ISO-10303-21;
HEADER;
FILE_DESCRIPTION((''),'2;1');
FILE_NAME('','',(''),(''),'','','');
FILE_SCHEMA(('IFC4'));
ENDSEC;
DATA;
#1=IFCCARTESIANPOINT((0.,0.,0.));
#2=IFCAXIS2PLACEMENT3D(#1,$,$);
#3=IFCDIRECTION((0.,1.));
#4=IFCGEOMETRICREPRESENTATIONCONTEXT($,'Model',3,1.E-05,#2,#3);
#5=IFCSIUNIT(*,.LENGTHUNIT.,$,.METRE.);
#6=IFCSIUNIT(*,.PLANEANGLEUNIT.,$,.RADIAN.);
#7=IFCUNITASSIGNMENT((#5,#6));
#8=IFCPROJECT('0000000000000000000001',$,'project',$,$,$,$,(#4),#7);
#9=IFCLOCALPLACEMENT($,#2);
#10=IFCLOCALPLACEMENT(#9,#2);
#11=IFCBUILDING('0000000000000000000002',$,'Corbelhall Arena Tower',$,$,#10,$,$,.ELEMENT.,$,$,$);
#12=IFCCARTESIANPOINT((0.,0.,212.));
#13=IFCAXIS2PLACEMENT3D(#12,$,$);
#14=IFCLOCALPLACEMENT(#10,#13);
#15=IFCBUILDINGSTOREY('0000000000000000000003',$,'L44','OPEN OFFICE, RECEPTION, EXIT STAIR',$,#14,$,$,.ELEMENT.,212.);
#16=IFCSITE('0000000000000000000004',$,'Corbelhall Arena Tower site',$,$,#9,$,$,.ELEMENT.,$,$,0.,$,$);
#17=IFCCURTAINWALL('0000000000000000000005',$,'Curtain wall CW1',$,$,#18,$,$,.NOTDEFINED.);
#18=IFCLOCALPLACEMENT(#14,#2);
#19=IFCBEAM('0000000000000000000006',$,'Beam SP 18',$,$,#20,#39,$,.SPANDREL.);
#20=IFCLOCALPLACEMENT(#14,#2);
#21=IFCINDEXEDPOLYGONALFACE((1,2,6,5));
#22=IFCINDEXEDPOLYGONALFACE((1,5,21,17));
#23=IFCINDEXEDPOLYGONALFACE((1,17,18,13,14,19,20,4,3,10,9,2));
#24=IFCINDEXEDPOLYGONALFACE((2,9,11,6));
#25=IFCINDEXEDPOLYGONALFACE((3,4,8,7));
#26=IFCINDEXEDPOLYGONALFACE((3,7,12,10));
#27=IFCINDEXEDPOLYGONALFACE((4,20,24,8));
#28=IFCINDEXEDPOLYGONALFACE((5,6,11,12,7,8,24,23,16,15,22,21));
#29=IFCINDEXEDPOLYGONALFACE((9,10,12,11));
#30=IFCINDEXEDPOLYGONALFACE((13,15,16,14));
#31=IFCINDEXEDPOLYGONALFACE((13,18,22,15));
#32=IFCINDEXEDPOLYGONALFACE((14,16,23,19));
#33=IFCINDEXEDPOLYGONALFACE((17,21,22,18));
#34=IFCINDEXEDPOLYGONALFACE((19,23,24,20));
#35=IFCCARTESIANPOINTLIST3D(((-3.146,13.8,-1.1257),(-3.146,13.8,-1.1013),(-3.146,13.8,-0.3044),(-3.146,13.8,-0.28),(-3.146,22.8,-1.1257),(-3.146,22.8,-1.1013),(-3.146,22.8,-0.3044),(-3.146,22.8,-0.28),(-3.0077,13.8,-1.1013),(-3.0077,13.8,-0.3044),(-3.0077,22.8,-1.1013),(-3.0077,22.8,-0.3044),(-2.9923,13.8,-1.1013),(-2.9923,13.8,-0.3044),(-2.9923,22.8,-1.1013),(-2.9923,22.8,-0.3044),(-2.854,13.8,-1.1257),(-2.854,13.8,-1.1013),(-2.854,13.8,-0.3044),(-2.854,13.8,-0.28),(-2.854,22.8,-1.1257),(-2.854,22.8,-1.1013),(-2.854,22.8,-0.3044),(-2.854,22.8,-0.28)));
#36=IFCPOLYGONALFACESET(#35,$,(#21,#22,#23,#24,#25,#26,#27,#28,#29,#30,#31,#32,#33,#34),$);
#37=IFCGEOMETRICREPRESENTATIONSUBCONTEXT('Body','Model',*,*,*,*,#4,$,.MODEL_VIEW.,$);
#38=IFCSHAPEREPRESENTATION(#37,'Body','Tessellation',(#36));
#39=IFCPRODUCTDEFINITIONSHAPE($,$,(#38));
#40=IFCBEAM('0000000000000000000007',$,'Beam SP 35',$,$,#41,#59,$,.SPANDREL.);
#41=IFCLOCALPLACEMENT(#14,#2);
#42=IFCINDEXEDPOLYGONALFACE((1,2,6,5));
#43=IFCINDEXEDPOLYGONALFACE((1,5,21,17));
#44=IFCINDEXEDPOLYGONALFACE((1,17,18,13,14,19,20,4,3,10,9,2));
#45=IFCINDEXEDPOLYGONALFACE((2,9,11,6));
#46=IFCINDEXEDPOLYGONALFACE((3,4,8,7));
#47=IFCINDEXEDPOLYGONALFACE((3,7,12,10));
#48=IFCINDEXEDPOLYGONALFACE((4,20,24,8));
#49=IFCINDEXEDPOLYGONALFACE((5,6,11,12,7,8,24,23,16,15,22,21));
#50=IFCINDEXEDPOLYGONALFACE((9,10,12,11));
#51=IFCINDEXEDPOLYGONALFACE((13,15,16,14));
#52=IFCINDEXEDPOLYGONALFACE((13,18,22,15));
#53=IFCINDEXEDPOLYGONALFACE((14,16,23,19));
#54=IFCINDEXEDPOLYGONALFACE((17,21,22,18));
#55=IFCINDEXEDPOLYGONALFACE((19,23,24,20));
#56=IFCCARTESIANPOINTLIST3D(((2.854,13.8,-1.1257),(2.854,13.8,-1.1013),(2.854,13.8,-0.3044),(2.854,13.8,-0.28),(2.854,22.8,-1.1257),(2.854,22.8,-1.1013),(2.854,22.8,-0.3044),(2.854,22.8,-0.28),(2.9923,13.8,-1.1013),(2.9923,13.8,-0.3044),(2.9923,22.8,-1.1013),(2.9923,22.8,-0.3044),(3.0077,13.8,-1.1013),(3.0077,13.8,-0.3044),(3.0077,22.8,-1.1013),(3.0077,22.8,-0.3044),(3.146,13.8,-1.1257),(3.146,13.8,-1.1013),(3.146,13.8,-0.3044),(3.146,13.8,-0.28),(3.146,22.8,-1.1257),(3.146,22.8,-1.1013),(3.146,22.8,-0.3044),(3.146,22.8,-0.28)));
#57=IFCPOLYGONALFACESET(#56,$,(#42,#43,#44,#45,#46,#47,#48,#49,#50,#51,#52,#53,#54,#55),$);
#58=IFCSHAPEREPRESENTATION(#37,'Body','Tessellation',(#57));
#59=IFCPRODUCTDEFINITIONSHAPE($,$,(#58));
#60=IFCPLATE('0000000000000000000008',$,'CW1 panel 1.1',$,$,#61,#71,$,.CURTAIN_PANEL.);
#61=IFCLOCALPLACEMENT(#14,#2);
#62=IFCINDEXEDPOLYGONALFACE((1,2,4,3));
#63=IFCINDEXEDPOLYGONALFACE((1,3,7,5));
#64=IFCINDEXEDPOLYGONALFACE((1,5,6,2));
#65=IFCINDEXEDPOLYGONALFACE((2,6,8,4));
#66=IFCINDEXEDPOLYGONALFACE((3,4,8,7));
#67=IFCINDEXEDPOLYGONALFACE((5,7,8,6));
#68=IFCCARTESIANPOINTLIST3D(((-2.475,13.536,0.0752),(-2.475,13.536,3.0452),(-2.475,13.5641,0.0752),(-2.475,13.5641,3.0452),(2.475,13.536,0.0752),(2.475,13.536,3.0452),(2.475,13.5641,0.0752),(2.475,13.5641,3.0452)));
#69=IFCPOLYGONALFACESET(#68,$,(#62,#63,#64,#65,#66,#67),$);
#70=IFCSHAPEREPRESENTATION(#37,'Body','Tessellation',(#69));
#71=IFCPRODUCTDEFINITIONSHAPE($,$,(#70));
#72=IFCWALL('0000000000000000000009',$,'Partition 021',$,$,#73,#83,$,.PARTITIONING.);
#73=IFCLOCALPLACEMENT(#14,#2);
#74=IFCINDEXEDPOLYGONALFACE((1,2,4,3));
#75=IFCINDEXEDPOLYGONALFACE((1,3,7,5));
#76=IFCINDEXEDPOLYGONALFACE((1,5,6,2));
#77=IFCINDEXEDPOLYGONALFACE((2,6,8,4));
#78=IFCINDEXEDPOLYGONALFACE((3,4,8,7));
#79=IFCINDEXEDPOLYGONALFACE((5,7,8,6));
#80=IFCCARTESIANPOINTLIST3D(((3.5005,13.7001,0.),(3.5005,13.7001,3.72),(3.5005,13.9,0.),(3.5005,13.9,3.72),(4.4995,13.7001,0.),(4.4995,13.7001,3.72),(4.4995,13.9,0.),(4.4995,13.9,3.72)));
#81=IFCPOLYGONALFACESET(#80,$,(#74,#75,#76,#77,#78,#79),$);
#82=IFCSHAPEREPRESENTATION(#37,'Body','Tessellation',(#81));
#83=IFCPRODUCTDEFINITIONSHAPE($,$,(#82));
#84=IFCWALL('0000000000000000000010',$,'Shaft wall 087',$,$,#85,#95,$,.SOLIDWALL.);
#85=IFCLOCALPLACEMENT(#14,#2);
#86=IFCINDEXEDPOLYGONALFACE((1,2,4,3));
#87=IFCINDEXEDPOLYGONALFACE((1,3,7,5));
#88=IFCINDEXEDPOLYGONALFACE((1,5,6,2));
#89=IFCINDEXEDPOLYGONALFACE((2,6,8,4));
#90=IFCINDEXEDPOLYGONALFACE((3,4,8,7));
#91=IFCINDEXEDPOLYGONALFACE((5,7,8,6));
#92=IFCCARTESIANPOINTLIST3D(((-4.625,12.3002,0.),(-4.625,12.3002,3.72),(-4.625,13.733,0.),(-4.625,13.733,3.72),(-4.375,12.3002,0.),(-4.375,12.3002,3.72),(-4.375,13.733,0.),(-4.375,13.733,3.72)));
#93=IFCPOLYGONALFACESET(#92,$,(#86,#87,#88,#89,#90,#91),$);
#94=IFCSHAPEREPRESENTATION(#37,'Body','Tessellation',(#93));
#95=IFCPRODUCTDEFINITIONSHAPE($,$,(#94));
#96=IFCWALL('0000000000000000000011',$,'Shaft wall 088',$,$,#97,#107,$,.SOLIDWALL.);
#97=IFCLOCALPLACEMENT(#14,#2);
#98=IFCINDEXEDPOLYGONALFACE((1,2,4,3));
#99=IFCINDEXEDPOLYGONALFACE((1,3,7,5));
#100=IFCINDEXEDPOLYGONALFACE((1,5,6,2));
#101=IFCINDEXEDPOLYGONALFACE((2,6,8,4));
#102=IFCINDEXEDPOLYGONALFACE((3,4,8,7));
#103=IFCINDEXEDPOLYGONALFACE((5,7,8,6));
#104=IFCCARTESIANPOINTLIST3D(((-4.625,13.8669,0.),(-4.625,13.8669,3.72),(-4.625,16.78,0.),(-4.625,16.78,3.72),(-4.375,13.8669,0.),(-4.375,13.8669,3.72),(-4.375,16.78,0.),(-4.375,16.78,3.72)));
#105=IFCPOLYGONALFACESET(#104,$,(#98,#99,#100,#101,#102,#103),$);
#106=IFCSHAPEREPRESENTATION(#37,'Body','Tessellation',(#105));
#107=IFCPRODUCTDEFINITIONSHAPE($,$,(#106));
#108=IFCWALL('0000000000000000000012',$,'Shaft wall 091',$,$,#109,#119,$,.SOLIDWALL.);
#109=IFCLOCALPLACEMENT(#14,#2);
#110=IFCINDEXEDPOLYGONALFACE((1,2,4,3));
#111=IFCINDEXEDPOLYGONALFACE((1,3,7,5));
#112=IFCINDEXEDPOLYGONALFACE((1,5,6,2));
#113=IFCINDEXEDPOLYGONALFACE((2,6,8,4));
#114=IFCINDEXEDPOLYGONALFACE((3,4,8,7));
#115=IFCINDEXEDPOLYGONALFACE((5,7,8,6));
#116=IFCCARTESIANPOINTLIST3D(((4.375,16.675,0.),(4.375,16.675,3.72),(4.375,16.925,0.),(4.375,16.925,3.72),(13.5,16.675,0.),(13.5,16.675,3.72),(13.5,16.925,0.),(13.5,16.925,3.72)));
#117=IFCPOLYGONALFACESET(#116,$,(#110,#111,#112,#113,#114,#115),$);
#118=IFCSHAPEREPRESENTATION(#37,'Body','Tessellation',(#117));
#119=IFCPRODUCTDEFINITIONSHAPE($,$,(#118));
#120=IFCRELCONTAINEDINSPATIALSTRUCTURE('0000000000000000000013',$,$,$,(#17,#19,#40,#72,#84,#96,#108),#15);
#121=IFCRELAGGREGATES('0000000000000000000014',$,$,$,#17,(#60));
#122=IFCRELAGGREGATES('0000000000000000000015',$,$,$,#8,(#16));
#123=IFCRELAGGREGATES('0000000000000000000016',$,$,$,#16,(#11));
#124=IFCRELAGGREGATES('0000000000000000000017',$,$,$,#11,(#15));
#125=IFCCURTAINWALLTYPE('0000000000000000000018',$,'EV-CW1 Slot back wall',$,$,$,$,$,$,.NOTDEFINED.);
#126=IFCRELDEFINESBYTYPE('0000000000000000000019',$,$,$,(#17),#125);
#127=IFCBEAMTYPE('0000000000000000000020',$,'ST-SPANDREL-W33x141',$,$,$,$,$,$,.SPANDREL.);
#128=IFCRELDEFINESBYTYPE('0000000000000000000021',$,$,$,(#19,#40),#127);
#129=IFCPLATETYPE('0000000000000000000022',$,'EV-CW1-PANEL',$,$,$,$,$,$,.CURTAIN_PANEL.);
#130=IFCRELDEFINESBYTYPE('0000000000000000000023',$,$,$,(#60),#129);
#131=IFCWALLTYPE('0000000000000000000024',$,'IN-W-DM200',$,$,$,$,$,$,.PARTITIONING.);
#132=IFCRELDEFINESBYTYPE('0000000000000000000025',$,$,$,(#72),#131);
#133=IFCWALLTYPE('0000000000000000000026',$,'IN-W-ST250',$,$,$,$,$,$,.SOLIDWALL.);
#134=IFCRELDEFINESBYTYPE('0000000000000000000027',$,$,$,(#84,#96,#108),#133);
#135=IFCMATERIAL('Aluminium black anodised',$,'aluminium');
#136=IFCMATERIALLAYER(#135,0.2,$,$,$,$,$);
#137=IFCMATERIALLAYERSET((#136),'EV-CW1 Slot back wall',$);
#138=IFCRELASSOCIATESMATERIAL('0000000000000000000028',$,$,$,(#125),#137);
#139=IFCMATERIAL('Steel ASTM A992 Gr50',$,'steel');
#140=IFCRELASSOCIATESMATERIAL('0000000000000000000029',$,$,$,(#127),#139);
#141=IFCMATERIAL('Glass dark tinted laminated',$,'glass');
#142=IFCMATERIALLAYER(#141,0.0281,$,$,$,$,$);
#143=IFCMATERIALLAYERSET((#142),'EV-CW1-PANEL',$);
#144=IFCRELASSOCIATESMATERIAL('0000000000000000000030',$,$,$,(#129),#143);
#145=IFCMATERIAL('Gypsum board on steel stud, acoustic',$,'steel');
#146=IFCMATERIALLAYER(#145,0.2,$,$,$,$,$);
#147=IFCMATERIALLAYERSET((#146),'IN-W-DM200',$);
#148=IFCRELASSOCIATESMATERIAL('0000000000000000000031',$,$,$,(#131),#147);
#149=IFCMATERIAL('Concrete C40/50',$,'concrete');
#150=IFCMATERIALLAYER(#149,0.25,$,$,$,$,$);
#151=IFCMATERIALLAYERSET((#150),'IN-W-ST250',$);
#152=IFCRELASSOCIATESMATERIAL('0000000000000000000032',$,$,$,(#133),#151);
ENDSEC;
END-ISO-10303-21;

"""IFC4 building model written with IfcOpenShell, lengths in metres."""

from ifc_helpers import new_model, si_unit, direction, frame, frame_2d, origin, origin_2d, place, context, subcontext, project, spatial, rectangle, i_section, extrude, material, layer, layer_set, material_profile, profile_set, type_object, element, aggregate, save


model = new_model("IFC4")

# Units and contexts
model_context = context("Model", 3, precision=1e-05, world=origin(), true_north=direction((0.0, 1.0)))
body_context = subcontext(model_context, "Body", "Model", "MODEL_VIEW")
ifc_project = project(units=[si_unit("LENGTHUNIT", "METRE"), si_unit("PLANEANGLEUNIT", "RADIAN")], contexts=[model_context])

# Site, building, storey
site_placement = place(None, origin())
site = spatial("IfcSite", under=ifc_project, at=site_placement, Name="Corbelhall Arena Tower site", CompositionType="ELEMENT", RefElevation=0.0)
building_placement = place(site_placement, origin())
building = spatial("IfcBuilding", under=site, at=building_placement, Name="Corbelhall Arena Tower", CompositionType="ELEMENT")
storey_placement = place(building_placement, frame((0.0, 0.0, 212.0)))
storey = spatial("IfcBuildingStorey", under=building, at=storey_placement, Name="L44", Description="OPEN OFFICE, RECEPTION, EXIT STAIR", CompositionType="ELEMENT", Elevation=212.0)

# Curtain wall
ifc_material_1 = material(Name="Aluminium black anodised", Category="aluminium")
ifc_layer_1 = layer(ifc_material_1, 0.2)
ifc_layer_set_1 = layer_set([ifc_layer_1], Name="EV-CW1 Slot back wall")
curtain_wall_type = type_object("IfcCurtainWallType", Name="EV-CW1 Slot back wall", PredefinedType="NOTDEFINED", material=ifc_layer_set_1)
curtain_wall_placement = place(storey_placement, origin())
curtain_wall = element("IfcCurtainWall", 1, at=curtain_wall_placement, inside=storey, type_object=curtain_wall_type, Name="Curtain wall CW1", PredefinedType="NOTDEFINED")

# Beams
ifc_material_2 = material(Name="Steel ASTM A992 Gr50", Category="steel")
ifc_material_profile_1 = material_profile(ifc_material_2, i_section(OverallWidth=0.292, OverallDepth=0.8457, WebThickness=0.0154, FlangeThickness=0.0244, at=origin_2d()))
ifc_profile_set_1 = profile_set([ifc_material_profile_1], Name="Steel ASTM A992 Gr50")
beam_type_1 = type_object("IfcBeamType", Name="ST-SPANDREL-W33x141", PredefinedType="SPANDREL", material=ifc_profile_set_1)
for number, where, z_axis, x_axis, name in (
    (2, (-3.0, 22.8, -0.7029), (0.0, -1.0, 0.0), (1.0, 0.0, 0.0), "Beam SP 18"),
    (3, (3.0, 13.8, -0.7029), (0.0, 1.0, 0.0), (-1.0, 0.0, 0.0), "Beam SP 35"),
):
    element("IfcBeam", number, at=place(storey_placement, frame(where, z_axis=z_axis, x_axis=x_axis)), inside=storey, type_object=beam_type_1, Name=name, PredefinedType="SPANDREL", context=body_context, shape_type="SweptSolid", body=[
        extrude(i_section(OverallWidth=0.292, OverallDepth=0.8457, WebThickness=0.0154, FlangeThickness=0.0244, at=origin_2d()), origin(), (0.0, 0.0, 1.0), 9.0),
    ])

# Plate
ifc_material_3 = material(Name="Glass dark tinted laminated", Category="glass")
ifc_layer_2 = layer(ifc_material_3, 0.0281)
ifc_layer_set_2 = layer_set([ifc_layer_2], Name="EV-CW1-PANEL")
plate_type = type_object("IfcPlateType", Name="EV-CW1-PANEL", PredefinedType="CURTAIN_PANEL", material=ifc_layer_set_2)
plate_placement = place(storey_placement, frame((0.0, 13.55, 0.0752), z_axis=(0.0, 0.0, 1.0), x_axis=(-1.0, 0.0, 0.0)))
plate = element("IfcPlate", 4, at=plate_placement, type_object=plate_type, Name="CW1 panel 1.1", PredefinedType="CURTAIN_PANEL", context=body_context, shape_type="SweptSolid", body=[
    extrude(rectangle(XDim=4.95, YDim=0.0281, at=origin_2d()), origin(), (0.0, 0.0, 1.0), 2.97),
])
aggregate(curtain_wall, [plate])

# Walls
ifc_material_4 = material(Name="Gypsum board on steel stud, acoustic", Category="steel")
ifc_layer_3 = layer(ifc_material_4, 0.2)
ifc_layer_set_3 = layer_set([ifc_layer_3], Name="IN-W-DM200")
wall_type_1 = type_object("IfcWallType", Name="IN-W-DM200", PredefinedType="PARTITIONING", material=ifc_layer_set_3)
wall_1_placement = place(storey_placement, frame((3.5005, 13.8, 0.0), z_axis=(0.0, 0.0, 1.0), x_axis=(1.0, 0.0, 0.0)))
element("IfcWall", 5, at=wall_1_placement, inside=storey, type_object=wall_type_1, Name="Partition 021", PredefinedType="PARTITIONING", context=body_context, shape_type="SweptSolid", body=[
    extrude(rectangle(XDim=0.999, YDim=0.2, at=frame_2d((0.4995, 0.0))), origin(), (0.0, 0.0, 1.0), 3.72),
])
ifc_material_5 = material(Name="Concrete C40/50", Category="concrete")
ifc_layer_4 = layer(ifc_material_5, 0.25)
ifc_layer_set_4 = layer_set([ifc_layer_4], Name="IN-W-ST250")
wall_type_2 = type_object("IfcWallType", Name="IN-W-ST250", PredefinedType="SOLIDWALL", material=ifc_layer_set_4)
wall_2_placement = place(storey_placement, frame((-4.5, 13.7329, 0.0), z_axis=(0.0, 0.0, 1.0), x_axis=(0.0, -1.0, 0.0)))
element("IfcWall", 6, at=wall_2_placement, inside=storey, type_object=wall_type_2, Name="Shaft wall 087", PredefinedType="SOLIDWALL", context=body_context, shape_type="SweptSolid", body=[
    extrude(rectangle(XDim=1.4329, YDim=0.25, at=frame_2d((0.7163, 0.0))), origin(), (0.0, 0.0, 1.0), 3.72),
])
wall_3_placement = place(storey_placement, frame((-4.5, 16.78, 0.0), z_axis=(0.0, 0.0, 1.0), x_axis=(0.0, -1.0, 0.0)))
element("IfcWall", 7, at=wall_3_placement, inside=storey, type_object=wall_type_2, Name="Shaft wall 088", PredefinedType="SOLIDWALL", context=body_context, shape_type="SweptSolid", body=[
    extrude(rectangle(XDim=2.9131, YDim=0.25, at=frame_2d((1.4565, 0.0))), origin(), (0.0, 0.0, 1.0), 3.72),
])
wall_4_placement = place(storey_placement, frame((4.375, 16.8, 0.0), z_axis=(0.0, 0.0, 1.0), x_axis=(1.0, 0.0, 0.0)))
element("IfcWall", 8, at=wall_4_placement, inside=storey, type_object=wall_type_2, Name="Shaft wall 091", PredefinedType="SOLIDWALL", context=body_context, shape_type="SweptSolid", body=[
    extrude(rectangle(XDim=9.125, YDim=0.25, at=frame_2d((4.5625, 0.0))), origin(), (0.0, 0.0, 1.0), 3.72),
])

save(model, "model.ifc")
